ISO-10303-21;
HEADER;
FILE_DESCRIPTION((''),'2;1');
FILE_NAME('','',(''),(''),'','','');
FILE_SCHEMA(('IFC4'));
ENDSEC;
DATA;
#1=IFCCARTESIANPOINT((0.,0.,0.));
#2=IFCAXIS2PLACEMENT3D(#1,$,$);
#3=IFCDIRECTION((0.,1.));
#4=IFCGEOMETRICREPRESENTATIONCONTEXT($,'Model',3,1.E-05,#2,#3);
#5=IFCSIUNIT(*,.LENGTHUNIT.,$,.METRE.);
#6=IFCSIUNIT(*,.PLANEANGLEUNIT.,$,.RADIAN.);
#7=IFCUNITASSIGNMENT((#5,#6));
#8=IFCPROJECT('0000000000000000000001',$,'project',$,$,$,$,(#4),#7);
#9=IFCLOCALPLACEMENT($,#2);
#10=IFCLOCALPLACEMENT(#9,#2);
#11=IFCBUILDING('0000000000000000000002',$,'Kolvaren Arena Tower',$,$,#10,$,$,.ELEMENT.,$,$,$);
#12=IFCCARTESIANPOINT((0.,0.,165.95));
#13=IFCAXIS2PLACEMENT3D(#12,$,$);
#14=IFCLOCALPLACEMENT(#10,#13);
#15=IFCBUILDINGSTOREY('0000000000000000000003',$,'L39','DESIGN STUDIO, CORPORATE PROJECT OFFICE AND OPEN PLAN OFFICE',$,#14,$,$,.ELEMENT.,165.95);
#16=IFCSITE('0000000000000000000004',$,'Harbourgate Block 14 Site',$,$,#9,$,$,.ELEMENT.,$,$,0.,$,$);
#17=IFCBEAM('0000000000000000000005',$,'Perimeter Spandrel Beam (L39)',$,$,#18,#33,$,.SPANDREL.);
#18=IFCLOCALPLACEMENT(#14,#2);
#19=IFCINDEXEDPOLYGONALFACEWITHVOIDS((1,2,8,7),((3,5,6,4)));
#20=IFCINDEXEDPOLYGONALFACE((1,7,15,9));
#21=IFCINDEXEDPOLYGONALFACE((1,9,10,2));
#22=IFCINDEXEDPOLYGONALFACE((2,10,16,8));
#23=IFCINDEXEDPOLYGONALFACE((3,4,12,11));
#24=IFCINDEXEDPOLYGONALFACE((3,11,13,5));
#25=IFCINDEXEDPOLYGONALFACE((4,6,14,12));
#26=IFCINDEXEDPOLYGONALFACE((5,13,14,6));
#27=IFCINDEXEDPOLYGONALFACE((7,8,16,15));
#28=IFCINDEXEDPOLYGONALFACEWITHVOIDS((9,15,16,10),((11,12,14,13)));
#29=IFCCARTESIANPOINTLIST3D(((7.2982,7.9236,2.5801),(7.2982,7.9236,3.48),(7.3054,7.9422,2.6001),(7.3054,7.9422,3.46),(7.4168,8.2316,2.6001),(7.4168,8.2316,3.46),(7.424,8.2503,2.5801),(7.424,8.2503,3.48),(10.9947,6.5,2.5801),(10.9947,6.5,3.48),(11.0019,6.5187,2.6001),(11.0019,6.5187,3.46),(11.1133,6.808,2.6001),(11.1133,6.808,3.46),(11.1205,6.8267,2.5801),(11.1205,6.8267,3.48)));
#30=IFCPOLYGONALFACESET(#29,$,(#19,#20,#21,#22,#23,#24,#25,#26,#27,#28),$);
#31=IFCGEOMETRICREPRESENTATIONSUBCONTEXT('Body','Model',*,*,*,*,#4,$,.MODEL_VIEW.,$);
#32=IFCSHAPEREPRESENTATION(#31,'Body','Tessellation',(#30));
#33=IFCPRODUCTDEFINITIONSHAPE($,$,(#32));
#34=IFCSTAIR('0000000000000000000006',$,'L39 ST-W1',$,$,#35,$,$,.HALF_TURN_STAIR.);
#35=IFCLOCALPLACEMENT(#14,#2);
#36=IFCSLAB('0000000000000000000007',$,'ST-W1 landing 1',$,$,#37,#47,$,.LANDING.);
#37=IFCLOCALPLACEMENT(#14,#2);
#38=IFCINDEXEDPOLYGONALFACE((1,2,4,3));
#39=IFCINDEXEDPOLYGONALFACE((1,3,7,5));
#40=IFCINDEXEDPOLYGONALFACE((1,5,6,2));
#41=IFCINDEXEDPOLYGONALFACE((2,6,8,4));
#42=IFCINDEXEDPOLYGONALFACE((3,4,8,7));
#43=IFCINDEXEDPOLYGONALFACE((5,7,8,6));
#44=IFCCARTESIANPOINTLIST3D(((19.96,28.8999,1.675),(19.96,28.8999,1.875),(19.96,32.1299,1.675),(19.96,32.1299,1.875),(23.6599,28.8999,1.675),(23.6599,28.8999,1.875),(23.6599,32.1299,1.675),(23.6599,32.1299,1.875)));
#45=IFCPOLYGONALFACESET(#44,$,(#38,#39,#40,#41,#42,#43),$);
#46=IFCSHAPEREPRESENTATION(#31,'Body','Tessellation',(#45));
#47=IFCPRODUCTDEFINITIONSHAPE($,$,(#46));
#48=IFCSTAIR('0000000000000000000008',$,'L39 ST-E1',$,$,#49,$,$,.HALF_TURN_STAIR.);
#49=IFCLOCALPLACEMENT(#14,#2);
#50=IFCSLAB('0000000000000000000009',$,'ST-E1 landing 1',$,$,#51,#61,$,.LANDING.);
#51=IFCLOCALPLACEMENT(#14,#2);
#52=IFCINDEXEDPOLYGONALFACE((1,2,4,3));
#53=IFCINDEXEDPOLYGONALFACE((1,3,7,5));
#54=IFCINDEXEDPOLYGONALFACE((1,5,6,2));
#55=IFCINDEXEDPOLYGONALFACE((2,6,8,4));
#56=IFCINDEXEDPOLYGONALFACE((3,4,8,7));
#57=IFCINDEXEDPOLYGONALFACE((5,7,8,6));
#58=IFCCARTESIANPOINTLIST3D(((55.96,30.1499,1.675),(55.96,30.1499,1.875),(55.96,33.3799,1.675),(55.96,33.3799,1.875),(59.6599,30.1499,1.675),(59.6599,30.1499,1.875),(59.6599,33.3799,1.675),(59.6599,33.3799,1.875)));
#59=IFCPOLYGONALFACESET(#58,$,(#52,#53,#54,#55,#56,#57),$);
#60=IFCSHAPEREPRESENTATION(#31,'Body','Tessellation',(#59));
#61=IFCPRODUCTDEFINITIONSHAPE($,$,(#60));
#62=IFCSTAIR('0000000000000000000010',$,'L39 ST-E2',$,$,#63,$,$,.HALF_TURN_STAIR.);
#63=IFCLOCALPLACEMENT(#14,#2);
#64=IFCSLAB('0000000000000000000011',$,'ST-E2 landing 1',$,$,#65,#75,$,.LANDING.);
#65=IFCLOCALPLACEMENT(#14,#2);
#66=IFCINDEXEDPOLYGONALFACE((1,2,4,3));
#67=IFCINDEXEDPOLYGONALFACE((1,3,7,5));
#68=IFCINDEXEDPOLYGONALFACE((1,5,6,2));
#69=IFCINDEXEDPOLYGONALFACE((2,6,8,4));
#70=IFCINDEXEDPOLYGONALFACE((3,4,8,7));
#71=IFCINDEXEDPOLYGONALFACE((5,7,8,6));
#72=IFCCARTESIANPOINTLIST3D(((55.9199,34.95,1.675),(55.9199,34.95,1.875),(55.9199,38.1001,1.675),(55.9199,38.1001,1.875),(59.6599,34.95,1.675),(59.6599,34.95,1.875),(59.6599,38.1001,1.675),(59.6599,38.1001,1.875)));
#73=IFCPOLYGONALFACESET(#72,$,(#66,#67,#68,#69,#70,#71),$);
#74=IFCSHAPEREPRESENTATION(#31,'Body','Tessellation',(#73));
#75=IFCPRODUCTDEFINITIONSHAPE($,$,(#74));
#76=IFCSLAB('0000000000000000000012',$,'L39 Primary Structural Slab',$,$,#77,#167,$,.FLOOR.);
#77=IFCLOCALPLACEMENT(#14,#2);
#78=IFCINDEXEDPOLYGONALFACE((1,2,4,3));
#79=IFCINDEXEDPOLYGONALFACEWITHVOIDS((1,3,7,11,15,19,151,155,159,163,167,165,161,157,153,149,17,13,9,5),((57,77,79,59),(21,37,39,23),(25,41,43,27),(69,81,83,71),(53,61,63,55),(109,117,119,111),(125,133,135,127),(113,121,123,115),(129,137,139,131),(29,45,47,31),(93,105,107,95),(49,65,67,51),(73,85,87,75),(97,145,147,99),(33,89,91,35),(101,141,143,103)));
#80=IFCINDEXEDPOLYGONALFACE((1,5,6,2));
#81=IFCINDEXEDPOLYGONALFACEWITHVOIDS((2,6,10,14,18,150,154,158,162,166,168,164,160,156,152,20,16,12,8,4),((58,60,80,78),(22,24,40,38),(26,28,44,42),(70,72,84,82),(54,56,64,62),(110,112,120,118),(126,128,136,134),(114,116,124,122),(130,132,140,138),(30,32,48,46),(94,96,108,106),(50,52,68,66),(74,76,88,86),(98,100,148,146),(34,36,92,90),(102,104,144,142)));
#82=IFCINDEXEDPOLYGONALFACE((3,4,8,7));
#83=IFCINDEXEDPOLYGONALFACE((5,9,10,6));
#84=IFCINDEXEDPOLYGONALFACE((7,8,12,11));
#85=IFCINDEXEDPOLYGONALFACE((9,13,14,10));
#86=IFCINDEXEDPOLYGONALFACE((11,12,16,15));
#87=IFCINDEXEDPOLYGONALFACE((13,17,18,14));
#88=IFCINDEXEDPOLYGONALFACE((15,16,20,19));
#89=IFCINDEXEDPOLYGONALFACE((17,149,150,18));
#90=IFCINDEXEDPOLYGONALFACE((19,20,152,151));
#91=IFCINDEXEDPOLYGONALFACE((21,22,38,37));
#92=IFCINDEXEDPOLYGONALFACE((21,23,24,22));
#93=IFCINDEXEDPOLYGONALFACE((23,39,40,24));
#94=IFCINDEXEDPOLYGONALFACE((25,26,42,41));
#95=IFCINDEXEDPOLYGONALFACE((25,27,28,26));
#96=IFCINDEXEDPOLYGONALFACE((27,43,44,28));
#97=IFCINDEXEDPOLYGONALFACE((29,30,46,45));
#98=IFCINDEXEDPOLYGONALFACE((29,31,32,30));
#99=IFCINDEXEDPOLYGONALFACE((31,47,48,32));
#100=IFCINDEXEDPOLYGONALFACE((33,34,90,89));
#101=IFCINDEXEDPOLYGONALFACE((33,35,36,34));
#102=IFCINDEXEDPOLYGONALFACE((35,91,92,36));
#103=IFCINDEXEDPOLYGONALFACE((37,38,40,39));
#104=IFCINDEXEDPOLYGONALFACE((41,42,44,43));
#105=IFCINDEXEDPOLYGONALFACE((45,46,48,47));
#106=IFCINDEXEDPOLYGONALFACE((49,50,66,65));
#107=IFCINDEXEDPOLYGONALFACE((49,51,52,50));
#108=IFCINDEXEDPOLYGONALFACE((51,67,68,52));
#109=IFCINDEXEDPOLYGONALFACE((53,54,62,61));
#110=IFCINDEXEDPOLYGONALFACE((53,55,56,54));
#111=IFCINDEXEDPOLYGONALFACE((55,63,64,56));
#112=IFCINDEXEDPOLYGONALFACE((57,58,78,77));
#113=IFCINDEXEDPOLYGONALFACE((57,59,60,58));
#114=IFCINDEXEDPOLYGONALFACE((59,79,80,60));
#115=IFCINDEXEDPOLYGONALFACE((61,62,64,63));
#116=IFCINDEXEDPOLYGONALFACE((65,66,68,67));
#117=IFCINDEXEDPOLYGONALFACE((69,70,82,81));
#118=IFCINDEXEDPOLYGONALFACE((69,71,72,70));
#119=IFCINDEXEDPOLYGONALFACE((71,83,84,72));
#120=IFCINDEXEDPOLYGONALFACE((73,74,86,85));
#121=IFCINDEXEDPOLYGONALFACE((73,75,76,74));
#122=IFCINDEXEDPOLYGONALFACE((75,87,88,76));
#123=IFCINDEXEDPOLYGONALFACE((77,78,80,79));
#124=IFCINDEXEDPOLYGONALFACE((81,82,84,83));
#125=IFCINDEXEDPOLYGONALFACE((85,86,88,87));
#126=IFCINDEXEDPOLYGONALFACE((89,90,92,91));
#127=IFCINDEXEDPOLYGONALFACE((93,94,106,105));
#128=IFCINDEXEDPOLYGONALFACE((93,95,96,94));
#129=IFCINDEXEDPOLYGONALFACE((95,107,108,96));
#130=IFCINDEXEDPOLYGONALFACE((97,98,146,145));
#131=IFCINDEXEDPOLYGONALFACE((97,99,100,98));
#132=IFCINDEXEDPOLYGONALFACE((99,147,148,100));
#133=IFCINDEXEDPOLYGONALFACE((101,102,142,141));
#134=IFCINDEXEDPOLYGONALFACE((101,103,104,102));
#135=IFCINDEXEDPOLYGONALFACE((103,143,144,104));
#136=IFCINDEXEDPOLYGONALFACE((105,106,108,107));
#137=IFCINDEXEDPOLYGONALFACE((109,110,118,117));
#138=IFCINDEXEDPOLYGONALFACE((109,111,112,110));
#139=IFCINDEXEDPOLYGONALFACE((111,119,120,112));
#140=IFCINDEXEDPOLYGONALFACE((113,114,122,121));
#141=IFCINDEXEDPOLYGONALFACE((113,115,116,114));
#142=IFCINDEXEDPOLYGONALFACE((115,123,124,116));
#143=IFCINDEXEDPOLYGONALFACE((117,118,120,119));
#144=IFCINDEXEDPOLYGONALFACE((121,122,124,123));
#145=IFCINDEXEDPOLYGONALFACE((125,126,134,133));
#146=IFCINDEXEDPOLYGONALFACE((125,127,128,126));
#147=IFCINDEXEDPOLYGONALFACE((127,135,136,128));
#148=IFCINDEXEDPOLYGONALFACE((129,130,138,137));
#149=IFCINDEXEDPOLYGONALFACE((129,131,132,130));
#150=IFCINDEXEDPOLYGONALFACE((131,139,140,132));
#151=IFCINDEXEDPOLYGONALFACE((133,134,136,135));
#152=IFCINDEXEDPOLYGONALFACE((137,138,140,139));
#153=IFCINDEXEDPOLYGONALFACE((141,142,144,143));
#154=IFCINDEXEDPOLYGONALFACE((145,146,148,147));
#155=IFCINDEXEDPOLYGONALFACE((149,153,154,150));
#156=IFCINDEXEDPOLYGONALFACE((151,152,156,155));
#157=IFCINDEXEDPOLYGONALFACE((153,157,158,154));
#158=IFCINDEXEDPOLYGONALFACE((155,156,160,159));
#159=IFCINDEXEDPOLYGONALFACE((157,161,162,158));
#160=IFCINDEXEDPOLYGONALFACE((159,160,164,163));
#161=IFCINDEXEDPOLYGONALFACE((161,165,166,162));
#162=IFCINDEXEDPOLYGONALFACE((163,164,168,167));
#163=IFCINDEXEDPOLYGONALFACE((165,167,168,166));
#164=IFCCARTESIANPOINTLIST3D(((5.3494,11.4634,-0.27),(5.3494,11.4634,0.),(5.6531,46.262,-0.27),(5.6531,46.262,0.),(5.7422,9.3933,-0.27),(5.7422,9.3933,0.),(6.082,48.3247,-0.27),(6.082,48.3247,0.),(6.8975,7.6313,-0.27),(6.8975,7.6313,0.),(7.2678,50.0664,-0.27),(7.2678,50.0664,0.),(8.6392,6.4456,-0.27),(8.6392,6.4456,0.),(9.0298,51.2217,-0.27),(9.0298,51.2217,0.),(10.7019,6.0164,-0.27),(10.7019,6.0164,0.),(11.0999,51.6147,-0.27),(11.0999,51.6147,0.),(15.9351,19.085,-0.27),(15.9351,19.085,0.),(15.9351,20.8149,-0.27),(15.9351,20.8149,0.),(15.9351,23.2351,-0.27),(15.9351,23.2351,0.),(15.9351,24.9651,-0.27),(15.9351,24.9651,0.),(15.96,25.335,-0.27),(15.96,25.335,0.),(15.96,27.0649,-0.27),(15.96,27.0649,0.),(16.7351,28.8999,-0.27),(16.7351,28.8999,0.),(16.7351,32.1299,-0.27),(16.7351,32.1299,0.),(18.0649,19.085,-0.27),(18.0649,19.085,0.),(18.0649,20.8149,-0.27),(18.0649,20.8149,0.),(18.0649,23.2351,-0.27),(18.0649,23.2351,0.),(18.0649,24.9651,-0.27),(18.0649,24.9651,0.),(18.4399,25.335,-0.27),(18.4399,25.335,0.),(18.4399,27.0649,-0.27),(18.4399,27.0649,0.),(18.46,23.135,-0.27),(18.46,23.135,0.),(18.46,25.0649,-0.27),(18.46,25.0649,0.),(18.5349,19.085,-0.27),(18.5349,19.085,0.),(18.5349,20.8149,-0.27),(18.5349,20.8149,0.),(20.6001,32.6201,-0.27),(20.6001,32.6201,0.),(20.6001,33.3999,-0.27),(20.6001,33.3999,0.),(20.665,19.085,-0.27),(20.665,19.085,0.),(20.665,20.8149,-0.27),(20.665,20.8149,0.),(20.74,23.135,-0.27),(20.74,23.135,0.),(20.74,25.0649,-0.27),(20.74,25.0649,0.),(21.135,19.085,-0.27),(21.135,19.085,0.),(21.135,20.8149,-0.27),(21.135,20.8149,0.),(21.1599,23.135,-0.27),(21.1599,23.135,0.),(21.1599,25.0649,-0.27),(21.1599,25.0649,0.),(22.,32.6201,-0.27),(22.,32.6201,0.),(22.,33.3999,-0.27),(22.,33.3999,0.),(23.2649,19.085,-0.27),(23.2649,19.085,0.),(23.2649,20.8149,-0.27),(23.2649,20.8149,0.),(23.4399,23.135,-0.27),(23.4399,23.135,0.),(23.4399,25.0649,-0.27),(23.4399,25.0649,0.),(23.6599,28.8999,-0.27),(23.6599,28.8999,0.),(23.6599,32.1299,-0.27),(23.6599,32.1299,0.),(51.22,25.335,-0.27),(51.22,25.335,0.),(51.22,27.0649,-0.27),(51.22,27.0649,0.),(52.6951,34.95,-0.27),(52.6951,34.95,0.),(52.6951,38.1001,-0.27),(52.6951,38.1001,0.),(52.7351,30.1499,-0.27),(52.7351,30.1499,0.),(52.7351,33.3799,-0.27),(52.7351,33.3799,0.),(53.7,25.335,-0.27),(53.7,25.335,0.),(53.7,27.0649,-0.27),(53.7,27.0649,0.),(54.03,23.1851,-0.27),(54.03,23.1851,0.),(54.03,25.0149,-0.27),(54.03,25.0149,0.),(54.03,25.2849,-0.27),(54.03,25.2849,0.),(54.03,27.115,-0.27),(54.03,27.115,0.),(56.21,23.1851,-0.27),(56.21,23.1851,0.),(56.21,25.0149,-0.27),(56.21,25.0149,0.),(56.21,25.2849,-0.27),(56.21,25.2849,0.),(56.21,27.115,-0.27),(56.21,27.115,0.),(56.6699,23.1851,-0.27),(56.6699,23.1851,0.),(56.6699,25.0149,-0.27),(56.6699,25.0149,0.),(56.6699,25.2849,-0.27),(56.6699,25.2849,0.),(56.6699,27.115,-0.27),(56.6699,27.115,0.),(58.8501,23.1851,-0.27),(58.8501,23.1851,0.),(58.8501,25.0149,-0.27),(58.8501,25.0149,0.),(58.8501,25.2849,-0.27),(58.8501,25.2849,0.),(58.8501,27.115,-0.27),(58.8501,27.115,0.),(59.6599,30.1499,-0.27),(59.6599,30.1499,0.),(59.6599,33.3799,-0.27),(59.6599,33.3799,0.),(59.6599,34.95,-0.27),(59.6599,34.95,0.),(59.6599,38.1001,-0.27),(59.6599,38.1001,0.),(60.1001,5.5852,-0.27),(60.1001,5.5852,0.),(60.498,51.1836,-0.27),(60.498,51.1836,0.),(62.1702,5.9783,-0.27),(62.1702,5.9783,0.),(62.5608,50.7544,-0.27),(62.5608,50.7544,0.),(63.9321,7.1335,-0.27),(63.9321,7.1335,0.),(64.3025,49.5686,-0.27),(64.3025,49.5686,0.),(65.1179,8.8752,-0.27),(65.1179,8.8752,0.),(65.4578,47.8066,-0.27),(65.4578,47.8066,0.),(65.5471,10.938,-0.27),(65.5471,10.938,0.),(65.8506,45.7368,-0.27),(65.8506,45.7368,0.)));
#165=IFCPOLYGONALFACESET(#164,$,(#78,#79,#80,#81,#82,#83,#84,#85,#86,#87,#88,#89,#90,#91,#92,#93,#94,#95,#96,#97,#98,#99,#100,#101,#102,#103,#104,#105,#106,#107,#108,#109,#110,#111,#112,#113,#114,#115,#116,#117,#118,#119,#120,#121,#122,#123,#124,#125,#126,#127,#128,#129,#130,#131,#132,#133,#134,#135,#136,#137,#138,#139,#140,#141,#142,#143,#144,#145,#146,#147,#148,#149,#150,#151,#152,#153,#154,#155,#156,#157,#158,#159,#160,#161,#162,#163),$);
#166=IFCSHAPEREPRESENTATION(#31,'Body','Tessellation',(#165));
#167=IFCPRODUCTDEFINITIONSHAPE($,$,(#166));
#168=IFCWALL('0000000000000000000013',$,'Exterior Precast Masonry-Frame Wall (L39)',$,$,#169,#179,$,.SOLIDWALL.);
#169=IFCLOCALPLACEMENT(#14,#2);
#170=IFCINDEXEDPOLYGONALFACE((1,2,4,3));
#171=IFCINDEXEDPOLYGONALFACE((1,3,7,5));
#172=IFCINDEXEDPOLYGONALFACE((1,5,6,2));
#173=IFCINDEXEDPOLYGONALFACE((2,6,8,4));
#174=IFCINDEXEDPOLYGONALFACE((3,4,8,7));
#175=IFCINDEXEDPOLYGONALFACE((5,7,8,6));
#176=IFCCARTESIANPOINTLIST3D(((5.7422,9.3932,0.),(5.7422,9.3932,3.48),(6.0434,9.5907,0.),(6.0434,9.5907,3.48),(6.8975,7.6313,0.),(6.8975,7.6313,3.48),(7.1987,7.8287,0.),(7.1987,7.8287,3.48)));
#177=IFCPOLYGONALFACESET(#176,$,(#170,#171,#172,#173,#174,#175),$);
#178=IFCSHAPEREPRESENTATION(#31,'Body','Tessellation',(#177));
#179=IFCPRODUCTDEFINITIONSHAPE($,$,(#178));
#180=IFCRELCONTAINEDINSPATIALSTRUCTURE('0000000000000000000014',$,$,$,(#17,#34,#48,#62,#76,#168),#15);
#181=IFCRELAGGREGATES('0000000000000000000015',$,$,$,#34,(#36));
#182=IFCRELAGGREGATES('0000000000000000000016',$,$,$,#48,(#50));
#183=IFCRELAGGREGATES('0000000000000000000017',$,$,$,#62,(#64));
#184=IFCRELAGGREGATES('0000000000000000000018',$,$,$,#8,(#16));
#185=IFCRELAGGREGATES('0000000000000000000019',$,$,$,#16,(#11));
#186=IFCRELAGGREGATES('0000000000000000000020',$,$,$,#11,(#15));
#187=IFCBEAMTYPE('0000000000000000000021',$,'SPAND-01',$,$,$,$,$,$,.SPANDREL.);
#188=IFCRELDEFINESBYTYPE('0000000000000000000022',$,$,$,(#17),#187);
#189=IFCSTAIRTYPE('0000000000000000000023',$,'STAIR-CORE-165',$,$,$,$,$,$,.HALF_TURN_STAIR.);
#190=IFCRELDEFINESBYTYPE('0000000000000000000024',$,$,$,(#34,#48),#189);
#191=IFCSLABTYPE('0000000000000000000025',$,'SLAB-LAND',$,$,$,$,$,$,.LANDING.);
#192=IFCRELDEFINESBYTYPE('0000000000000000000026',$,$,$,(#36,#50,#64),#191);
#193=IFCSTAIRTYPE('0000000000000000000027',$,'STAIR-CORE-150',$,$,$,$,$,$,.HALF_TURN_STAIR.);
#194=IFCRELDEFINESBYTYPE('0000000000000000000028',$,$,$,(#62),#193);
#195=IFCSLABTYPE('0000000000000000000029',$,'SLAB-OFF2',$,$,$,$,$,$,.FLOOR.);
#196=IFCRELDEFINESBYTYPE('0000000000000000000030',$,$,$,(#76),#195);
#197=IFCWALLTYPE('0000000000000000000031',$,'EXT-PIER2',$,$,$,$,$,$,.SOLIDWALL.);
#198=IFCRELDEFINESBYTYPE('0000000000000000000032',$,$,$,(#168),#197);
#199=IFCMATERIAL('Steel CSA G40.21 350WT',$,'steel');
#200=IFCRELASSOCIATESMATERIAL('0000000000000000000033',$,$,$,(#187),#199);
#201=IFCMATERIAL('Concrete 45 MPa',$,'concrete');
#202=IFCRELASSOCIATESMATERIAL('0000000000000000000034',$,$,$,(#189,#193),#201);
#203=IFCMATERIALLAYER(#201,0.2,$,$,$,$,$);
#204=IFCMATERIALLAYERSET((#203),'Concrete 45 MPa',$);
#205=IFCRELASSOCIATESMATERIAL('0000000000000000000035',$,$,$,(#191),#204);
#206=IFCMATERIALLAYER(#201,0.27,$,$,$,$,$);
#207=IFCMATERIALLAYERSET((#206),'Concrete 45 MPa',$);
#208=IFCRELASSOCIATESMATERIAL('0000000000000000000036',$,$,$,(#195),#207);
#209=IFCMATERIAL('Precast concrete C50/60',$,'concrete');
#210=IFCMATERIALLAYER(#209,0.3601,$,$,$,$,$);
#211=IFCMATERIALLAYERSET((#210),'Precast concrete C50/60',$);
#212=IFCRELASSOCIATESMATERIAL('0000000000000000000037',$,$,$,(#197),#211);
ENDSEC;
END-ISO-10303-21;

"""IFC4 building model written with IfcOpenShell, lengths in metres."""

from ifc_helpers import new_model, si_unit, direction, frame, frame_2d, origin, origin_2d, place, context, subcontext, project, spatial, polyline, rectangle, hollow_rectangle, outline, extrude, material, layer, layer_set, material_profile, profile_set, type_object, element, aggregate, save


model = new_model("IFC4")

# Units and contexts
model_context = context("Model", 3, precision=1e-05, world=origin(), true_north=direction((0.0, 1.0)))
body_context = subcontext(model_context, "Body", "Model", "MODEL_VIEW")
ifc_project = project(units=[si_unit("LENGTHUNIT", "METRE"), si_unit("PLANEANGLEUNIT", "RADIAN")], contexts=[model_context])

# Site, building, storey
site_placement = place(None, origin())
site = spatial("IfcSite", under=ifc_project, at=site_placement, Name="Harbourgate Block 14 Site", CompositionType="ELEMENT", RefElevation=0.0)
building_placement = place(site_placement, origin())
building = spatial("IfcBuilding", under=site, at=building_placement, Name="Kolvaren Arena Tower", CompositionType="ELEMENT")
storey_placement = place(building_placement, frame((0.0, 0.0, 165.95)))
storey = spatial("IfcBuildingStorey", under=building, at=storey_placement, Name="L39", Description="DESIGN STUDIO, CORPORATE PROJECT OFFICE AND OPEN PLAN OFFICE", CompositionType="ELEMENT", Elevation=165.95)

# Beam
ifc_material_1 = material(Name="Steel CSA G40.21 350WT", Category="steel")
ifc_material_profile_1 = material_profile(ifc_material_1, hollow_rectangle(XDim=0.3501, YDim=0.8999, WallThickness=0.02, at=origin_2d()), Name="HSS 900x350x20")
ifc_profile_set_1 = profile_set([ifc_material_profile_1], Name="Steel CSA G40.21 350WT")
beam_type_1 = type_object("IfcBeamType", Name="SPAND-01", PredefinedType="SPANDREL", material=ifc_profile_set_1)
beam_1_placement = place(storey_placement, frame((7.3611, 8.0869, 3.03), z_axis=(0.93319, -0.359384, 0.0), x_axis=(0.359384, 0.93319, 0.0)))
element("IfcBeam", 1, at=beam_1_placement, inside=storey, type_object=beam_type_1, Name="Perimeter Spandrel Beam (L39)", PredefinedType="SPANDREL", context=body_context, shape_type="SweptSolid", body=[
    extrude(hollow_rectangle(XDim=0.3501, YDim=0.8999, WallThickness=0.02, at=origin_2d()), origin(), (0.0, 0.0, 1.0), 3.9612),
])

# Stairs, slabs
ifc_material_2 = material(Name="Concrete 45 MPa", Category="concrete")
stair_type_1 = type_object("IfcStairType", Name="STAIR-CORE-165", PredefinedType="HALF_TURN_STAIR", material=ifc_material_2)
stair_1_placement = place(storey_placement, origin())
stair_1 = element("IfcStair", 2, at=stair_1_placement, inside=storey, type_object=stair_type_1, Name="L39 ST-W1", PredefinedType="HALF_TURN_STAIR")
ifc_layer_1 = layer(ifc_material_2, 0.2)
ifc_layer_set_1 = layer_set([ifc_layer_1], Name="Concrete 45 MPa")
slab_type_1 = type_object("IfcSlabType", Name="SLAB-LAND", PredefinedType="LANDING", material=ifc_layer_set_1)
slab_1_placement = place(storey_placement, frame((0.0, 0.0, 1.675)))
slab_1 = element("IfcSlab", 3, at=slab_1_placement, type_object=slab_type_1, Name="ST-W1 landing 1", PredefinedType="LANDING", context=body_context, shape_type="SweptSolid", body=[
    extrude(outline(polyline([(19.96, 28.8999), (23.6599, 28.8999), (23.6599, 32.1299), (19.96, 32.1299), (19.96, 28.8999)])), origin(), (0.0, 0.0, 1.0), 0.2),
])
aggregate(stair_1, [slab_1])
stair_2_placement = place(storey_placement, origin())
stair_2 = element("IfcStair", 4, at=stair_2_placement, inside=storey, type_object=stair_type_1, Name="L39 ST-E1", PredefinedType="HALF_TURN_STAIR")
slab_2_placement = place(storey_placement, frame((0.0, 0.0, 1.675)))
slab_2 = element("IfcSlab", 5, at=slab_2_placement, type_object=slab_type_1, Name="ST-E1 landing 1", PredefinedType="LANDING", context=body_context, shape_type="SweptSolid", body=[
    extrude(outline(polyline([(55.96, 30.1499), (59.6599, 30.1499), (59.6599, 33.3799), (55.96, 33.3799), (55.96, 30.1499)])), origin(), (0.0, 0.0, 1.0), 0.2),
])
aggregate(stair_2, [slab_2])
stair_type_2 = type_object("IfcStairType", Name="STAIR-CORE-150", PredefinedType="HALF_TURN_STAIR", material=ifc_material_2)
stair_3_placement = place(storey_placement, origin())
stair_3 = element("IfcStair", 6, at=stair_3_placement, inside=storey, type_object=stair_type_2, Name="L39 ST-E2", PredefinedType="HALF_TURN_STAIR")
slab_3_placement = place(storey_placement, frame((0.0, 0.0, 1.675)))
slab_3 = element("IfcSlab", 7, at=slab_3_placement, type_object=slab_type_1, Name="ST-E2 landing 1", PredefinedType="LANDING", context=body_context, shape_type="SweptSolid", body=[
    extrude(outline(polyline([(55.9199, 34.95), (59.6599, 34.95), (59.6599, 38.1001), (55.9199, 38.1001), (55.9199, 34.95)])), origin(), (0.0, 0.0, 1.0), 0.2),
])
aggregate(stair_3, [slab_3])

# Slab
ifc_layer_2 = layer(ifc_material_2, 0.27)
ifc_layer_set_2 = layer_set([ifc_layer_2], Name="Concrete 45 MPa")
slab_type_2 = type_object("IfcSlabType", Name="SLAB-OFF2", PredefinedType="FLOOR", material=ifc_layer_set_2)
slab_4_placement = place(storey_placement, frame((0.0, 0.0, -0.27)))
element("IfcSlab", 8, at=slab_4_placement, inside=storey, type_object=slab_type_2, Name="L39 Primary Structural Slab", PredefinedType="FLOOR", context=body_context, shape_type="SweptSolid", body=[
    extrude(outline(polyline([(60.1001, 5.5852), (62.1702, 5.9783), (63.9321, 7.1335), (65.1179, 8.8752), (65.5471, 10.938), (65.8506, 45.7368), (65.4578, 47.8066), (64.3025, 49.5686), (62.5608, 50.7544), (60.498, 51.1836), (11.0999, 51.6147), (9.0298, 51.2217), (7.2678, 50.0664), (6.082, 48.3247), (5.6531, 46.262), (5.3494, 11.4634), (5.7422, 9.3933), (6.8975, 7.6313), (8.6392, 6.4456), (10.7019, 6.0164), (60.1001, 5.5852)]), holes=[polyline([(15.9351, 19.085), (15.9351, 20.8149), (18.0649, 20.8149), (18.0649, 19.085), (15.9351, 19.085)]), polyline([(18.5349, 19.085), (18.5349, 20.8149), (20.665, 20.8149), (20.665, 19.085), (18.5349, 19.085)]), polyline([(21.135, 19.085), (21.135, 20.8149), (23.2649, 20.8149), (23.2649, 19.085), (21.135, 19.085)]), polyline([(18.46, 23.135), (18.46, 25.0649), (20.74, 25.0649), (20.74, 23.135), (18.46, 23.135)]), polyline([(21.1599, 23.135), (21.1599, 25.0649), (23.4399, 25.0649), (23.4399, 23.135), (21.1599, 23.135)]), polyline([(54.03, 23.1851), (54.03, 25.0149), (56.21, 25.0149), (56.21, 23.1851), (54.03, 23.1851)]), polyline([(56.6699, 23.1851), (56.6699, 25.0149), (58.8501, 25.0149), (58.8501, 23.1851), (56.6699, 23.1851)]), polyline([(15.9351, 23.2351), (15.9351, 24.9651), (18.0649, 24.9651), (18.0649, 23.2351), (15.9351, 23.2351)]), polyline([(54.03, 25.2849), (54.03, 27.115), (56.21, 27.115), (56.21, 25.2849), (54.03, 25.2849)]), polyline([(56.6699, 25.2849), (56.6699, 27.115), (58.8501, 27.115), (58.8501, 25.2849), (56.6699, 25.2849)]), polyline([(15.96, 25.335), (15.96, 27.0649), (18.4399, 27.0649), (18.4399, 25.335), (15.96, 25.335)]), polyline([(51.22, 25.335), (51.22, 27.0649), (53.7, 27.0649), (53.7, 25.335), (51.22, 25.335)]), polyline([(16.7351, 28.8999), (16.7351, 32.1299), (23.6599, 32.1299), (23.6599, 28.8999), (16.7351, 28.8999)]), polyline([(52.7351, 30.1499), (52.7351, 33.3799), (59.6599, 33.3799), (59.6599, 30.1499), (52.7351, 30.1499)]), polyline([(20.6001, 32.6201), (20.6001, 33.3999), (22.0, 33.3999), (22.0, 32.6201), (20.6001, 32.6201)]), polyline([(52.6951, 34.95), (52.6951, 38.1001), (59.6599, 38.1001), (59.6599, 34.95), (52.6951, 34.95)])]), origin(), (0.0, 0.0, 1.0), 0.27),
])

# Wall
ifc_material_3 = material(Name="Precast concrete C50/60", Category="concrete")
ifc_layer_3 = layer(ifc_material_3, 0.3601)
ifc_layer_set_3 = layer_set([ifc_layer_3], Name="Precast concrete C50/60")
wall_type = type_object("IfcWallType", Name="EXT-PIER2", PredefinedType="SOLIDWALL", material=ifc_layer_set_3)
for number, where, z_axis, x_axis, name in (
    (9, (7.0481, 7.73, 0.0), (0.0, 0.0, 1.0), (-0.54832, 0.836269, 0.0), "Exterior Precast Masonry-Frame Wall (L39)"),
):
    element("IfcWall", number, at=place(storey_placement, frame(where, z_axis=z_axis, x_axis=x_axis)), inside=storey, type_object=wall_type, Name=name, PredefinedType="SOLIDWALL", context=body_context, shape_type="SweptSolid", body=[
        extrude(rectangle(XDim=2.1069, YDim=0.3601, at=frame_2d((1.0535, 0.0))), origin(), (0.0, 0.0, 1.0), 3.48),
    ])

save(model, "model.ifc")
